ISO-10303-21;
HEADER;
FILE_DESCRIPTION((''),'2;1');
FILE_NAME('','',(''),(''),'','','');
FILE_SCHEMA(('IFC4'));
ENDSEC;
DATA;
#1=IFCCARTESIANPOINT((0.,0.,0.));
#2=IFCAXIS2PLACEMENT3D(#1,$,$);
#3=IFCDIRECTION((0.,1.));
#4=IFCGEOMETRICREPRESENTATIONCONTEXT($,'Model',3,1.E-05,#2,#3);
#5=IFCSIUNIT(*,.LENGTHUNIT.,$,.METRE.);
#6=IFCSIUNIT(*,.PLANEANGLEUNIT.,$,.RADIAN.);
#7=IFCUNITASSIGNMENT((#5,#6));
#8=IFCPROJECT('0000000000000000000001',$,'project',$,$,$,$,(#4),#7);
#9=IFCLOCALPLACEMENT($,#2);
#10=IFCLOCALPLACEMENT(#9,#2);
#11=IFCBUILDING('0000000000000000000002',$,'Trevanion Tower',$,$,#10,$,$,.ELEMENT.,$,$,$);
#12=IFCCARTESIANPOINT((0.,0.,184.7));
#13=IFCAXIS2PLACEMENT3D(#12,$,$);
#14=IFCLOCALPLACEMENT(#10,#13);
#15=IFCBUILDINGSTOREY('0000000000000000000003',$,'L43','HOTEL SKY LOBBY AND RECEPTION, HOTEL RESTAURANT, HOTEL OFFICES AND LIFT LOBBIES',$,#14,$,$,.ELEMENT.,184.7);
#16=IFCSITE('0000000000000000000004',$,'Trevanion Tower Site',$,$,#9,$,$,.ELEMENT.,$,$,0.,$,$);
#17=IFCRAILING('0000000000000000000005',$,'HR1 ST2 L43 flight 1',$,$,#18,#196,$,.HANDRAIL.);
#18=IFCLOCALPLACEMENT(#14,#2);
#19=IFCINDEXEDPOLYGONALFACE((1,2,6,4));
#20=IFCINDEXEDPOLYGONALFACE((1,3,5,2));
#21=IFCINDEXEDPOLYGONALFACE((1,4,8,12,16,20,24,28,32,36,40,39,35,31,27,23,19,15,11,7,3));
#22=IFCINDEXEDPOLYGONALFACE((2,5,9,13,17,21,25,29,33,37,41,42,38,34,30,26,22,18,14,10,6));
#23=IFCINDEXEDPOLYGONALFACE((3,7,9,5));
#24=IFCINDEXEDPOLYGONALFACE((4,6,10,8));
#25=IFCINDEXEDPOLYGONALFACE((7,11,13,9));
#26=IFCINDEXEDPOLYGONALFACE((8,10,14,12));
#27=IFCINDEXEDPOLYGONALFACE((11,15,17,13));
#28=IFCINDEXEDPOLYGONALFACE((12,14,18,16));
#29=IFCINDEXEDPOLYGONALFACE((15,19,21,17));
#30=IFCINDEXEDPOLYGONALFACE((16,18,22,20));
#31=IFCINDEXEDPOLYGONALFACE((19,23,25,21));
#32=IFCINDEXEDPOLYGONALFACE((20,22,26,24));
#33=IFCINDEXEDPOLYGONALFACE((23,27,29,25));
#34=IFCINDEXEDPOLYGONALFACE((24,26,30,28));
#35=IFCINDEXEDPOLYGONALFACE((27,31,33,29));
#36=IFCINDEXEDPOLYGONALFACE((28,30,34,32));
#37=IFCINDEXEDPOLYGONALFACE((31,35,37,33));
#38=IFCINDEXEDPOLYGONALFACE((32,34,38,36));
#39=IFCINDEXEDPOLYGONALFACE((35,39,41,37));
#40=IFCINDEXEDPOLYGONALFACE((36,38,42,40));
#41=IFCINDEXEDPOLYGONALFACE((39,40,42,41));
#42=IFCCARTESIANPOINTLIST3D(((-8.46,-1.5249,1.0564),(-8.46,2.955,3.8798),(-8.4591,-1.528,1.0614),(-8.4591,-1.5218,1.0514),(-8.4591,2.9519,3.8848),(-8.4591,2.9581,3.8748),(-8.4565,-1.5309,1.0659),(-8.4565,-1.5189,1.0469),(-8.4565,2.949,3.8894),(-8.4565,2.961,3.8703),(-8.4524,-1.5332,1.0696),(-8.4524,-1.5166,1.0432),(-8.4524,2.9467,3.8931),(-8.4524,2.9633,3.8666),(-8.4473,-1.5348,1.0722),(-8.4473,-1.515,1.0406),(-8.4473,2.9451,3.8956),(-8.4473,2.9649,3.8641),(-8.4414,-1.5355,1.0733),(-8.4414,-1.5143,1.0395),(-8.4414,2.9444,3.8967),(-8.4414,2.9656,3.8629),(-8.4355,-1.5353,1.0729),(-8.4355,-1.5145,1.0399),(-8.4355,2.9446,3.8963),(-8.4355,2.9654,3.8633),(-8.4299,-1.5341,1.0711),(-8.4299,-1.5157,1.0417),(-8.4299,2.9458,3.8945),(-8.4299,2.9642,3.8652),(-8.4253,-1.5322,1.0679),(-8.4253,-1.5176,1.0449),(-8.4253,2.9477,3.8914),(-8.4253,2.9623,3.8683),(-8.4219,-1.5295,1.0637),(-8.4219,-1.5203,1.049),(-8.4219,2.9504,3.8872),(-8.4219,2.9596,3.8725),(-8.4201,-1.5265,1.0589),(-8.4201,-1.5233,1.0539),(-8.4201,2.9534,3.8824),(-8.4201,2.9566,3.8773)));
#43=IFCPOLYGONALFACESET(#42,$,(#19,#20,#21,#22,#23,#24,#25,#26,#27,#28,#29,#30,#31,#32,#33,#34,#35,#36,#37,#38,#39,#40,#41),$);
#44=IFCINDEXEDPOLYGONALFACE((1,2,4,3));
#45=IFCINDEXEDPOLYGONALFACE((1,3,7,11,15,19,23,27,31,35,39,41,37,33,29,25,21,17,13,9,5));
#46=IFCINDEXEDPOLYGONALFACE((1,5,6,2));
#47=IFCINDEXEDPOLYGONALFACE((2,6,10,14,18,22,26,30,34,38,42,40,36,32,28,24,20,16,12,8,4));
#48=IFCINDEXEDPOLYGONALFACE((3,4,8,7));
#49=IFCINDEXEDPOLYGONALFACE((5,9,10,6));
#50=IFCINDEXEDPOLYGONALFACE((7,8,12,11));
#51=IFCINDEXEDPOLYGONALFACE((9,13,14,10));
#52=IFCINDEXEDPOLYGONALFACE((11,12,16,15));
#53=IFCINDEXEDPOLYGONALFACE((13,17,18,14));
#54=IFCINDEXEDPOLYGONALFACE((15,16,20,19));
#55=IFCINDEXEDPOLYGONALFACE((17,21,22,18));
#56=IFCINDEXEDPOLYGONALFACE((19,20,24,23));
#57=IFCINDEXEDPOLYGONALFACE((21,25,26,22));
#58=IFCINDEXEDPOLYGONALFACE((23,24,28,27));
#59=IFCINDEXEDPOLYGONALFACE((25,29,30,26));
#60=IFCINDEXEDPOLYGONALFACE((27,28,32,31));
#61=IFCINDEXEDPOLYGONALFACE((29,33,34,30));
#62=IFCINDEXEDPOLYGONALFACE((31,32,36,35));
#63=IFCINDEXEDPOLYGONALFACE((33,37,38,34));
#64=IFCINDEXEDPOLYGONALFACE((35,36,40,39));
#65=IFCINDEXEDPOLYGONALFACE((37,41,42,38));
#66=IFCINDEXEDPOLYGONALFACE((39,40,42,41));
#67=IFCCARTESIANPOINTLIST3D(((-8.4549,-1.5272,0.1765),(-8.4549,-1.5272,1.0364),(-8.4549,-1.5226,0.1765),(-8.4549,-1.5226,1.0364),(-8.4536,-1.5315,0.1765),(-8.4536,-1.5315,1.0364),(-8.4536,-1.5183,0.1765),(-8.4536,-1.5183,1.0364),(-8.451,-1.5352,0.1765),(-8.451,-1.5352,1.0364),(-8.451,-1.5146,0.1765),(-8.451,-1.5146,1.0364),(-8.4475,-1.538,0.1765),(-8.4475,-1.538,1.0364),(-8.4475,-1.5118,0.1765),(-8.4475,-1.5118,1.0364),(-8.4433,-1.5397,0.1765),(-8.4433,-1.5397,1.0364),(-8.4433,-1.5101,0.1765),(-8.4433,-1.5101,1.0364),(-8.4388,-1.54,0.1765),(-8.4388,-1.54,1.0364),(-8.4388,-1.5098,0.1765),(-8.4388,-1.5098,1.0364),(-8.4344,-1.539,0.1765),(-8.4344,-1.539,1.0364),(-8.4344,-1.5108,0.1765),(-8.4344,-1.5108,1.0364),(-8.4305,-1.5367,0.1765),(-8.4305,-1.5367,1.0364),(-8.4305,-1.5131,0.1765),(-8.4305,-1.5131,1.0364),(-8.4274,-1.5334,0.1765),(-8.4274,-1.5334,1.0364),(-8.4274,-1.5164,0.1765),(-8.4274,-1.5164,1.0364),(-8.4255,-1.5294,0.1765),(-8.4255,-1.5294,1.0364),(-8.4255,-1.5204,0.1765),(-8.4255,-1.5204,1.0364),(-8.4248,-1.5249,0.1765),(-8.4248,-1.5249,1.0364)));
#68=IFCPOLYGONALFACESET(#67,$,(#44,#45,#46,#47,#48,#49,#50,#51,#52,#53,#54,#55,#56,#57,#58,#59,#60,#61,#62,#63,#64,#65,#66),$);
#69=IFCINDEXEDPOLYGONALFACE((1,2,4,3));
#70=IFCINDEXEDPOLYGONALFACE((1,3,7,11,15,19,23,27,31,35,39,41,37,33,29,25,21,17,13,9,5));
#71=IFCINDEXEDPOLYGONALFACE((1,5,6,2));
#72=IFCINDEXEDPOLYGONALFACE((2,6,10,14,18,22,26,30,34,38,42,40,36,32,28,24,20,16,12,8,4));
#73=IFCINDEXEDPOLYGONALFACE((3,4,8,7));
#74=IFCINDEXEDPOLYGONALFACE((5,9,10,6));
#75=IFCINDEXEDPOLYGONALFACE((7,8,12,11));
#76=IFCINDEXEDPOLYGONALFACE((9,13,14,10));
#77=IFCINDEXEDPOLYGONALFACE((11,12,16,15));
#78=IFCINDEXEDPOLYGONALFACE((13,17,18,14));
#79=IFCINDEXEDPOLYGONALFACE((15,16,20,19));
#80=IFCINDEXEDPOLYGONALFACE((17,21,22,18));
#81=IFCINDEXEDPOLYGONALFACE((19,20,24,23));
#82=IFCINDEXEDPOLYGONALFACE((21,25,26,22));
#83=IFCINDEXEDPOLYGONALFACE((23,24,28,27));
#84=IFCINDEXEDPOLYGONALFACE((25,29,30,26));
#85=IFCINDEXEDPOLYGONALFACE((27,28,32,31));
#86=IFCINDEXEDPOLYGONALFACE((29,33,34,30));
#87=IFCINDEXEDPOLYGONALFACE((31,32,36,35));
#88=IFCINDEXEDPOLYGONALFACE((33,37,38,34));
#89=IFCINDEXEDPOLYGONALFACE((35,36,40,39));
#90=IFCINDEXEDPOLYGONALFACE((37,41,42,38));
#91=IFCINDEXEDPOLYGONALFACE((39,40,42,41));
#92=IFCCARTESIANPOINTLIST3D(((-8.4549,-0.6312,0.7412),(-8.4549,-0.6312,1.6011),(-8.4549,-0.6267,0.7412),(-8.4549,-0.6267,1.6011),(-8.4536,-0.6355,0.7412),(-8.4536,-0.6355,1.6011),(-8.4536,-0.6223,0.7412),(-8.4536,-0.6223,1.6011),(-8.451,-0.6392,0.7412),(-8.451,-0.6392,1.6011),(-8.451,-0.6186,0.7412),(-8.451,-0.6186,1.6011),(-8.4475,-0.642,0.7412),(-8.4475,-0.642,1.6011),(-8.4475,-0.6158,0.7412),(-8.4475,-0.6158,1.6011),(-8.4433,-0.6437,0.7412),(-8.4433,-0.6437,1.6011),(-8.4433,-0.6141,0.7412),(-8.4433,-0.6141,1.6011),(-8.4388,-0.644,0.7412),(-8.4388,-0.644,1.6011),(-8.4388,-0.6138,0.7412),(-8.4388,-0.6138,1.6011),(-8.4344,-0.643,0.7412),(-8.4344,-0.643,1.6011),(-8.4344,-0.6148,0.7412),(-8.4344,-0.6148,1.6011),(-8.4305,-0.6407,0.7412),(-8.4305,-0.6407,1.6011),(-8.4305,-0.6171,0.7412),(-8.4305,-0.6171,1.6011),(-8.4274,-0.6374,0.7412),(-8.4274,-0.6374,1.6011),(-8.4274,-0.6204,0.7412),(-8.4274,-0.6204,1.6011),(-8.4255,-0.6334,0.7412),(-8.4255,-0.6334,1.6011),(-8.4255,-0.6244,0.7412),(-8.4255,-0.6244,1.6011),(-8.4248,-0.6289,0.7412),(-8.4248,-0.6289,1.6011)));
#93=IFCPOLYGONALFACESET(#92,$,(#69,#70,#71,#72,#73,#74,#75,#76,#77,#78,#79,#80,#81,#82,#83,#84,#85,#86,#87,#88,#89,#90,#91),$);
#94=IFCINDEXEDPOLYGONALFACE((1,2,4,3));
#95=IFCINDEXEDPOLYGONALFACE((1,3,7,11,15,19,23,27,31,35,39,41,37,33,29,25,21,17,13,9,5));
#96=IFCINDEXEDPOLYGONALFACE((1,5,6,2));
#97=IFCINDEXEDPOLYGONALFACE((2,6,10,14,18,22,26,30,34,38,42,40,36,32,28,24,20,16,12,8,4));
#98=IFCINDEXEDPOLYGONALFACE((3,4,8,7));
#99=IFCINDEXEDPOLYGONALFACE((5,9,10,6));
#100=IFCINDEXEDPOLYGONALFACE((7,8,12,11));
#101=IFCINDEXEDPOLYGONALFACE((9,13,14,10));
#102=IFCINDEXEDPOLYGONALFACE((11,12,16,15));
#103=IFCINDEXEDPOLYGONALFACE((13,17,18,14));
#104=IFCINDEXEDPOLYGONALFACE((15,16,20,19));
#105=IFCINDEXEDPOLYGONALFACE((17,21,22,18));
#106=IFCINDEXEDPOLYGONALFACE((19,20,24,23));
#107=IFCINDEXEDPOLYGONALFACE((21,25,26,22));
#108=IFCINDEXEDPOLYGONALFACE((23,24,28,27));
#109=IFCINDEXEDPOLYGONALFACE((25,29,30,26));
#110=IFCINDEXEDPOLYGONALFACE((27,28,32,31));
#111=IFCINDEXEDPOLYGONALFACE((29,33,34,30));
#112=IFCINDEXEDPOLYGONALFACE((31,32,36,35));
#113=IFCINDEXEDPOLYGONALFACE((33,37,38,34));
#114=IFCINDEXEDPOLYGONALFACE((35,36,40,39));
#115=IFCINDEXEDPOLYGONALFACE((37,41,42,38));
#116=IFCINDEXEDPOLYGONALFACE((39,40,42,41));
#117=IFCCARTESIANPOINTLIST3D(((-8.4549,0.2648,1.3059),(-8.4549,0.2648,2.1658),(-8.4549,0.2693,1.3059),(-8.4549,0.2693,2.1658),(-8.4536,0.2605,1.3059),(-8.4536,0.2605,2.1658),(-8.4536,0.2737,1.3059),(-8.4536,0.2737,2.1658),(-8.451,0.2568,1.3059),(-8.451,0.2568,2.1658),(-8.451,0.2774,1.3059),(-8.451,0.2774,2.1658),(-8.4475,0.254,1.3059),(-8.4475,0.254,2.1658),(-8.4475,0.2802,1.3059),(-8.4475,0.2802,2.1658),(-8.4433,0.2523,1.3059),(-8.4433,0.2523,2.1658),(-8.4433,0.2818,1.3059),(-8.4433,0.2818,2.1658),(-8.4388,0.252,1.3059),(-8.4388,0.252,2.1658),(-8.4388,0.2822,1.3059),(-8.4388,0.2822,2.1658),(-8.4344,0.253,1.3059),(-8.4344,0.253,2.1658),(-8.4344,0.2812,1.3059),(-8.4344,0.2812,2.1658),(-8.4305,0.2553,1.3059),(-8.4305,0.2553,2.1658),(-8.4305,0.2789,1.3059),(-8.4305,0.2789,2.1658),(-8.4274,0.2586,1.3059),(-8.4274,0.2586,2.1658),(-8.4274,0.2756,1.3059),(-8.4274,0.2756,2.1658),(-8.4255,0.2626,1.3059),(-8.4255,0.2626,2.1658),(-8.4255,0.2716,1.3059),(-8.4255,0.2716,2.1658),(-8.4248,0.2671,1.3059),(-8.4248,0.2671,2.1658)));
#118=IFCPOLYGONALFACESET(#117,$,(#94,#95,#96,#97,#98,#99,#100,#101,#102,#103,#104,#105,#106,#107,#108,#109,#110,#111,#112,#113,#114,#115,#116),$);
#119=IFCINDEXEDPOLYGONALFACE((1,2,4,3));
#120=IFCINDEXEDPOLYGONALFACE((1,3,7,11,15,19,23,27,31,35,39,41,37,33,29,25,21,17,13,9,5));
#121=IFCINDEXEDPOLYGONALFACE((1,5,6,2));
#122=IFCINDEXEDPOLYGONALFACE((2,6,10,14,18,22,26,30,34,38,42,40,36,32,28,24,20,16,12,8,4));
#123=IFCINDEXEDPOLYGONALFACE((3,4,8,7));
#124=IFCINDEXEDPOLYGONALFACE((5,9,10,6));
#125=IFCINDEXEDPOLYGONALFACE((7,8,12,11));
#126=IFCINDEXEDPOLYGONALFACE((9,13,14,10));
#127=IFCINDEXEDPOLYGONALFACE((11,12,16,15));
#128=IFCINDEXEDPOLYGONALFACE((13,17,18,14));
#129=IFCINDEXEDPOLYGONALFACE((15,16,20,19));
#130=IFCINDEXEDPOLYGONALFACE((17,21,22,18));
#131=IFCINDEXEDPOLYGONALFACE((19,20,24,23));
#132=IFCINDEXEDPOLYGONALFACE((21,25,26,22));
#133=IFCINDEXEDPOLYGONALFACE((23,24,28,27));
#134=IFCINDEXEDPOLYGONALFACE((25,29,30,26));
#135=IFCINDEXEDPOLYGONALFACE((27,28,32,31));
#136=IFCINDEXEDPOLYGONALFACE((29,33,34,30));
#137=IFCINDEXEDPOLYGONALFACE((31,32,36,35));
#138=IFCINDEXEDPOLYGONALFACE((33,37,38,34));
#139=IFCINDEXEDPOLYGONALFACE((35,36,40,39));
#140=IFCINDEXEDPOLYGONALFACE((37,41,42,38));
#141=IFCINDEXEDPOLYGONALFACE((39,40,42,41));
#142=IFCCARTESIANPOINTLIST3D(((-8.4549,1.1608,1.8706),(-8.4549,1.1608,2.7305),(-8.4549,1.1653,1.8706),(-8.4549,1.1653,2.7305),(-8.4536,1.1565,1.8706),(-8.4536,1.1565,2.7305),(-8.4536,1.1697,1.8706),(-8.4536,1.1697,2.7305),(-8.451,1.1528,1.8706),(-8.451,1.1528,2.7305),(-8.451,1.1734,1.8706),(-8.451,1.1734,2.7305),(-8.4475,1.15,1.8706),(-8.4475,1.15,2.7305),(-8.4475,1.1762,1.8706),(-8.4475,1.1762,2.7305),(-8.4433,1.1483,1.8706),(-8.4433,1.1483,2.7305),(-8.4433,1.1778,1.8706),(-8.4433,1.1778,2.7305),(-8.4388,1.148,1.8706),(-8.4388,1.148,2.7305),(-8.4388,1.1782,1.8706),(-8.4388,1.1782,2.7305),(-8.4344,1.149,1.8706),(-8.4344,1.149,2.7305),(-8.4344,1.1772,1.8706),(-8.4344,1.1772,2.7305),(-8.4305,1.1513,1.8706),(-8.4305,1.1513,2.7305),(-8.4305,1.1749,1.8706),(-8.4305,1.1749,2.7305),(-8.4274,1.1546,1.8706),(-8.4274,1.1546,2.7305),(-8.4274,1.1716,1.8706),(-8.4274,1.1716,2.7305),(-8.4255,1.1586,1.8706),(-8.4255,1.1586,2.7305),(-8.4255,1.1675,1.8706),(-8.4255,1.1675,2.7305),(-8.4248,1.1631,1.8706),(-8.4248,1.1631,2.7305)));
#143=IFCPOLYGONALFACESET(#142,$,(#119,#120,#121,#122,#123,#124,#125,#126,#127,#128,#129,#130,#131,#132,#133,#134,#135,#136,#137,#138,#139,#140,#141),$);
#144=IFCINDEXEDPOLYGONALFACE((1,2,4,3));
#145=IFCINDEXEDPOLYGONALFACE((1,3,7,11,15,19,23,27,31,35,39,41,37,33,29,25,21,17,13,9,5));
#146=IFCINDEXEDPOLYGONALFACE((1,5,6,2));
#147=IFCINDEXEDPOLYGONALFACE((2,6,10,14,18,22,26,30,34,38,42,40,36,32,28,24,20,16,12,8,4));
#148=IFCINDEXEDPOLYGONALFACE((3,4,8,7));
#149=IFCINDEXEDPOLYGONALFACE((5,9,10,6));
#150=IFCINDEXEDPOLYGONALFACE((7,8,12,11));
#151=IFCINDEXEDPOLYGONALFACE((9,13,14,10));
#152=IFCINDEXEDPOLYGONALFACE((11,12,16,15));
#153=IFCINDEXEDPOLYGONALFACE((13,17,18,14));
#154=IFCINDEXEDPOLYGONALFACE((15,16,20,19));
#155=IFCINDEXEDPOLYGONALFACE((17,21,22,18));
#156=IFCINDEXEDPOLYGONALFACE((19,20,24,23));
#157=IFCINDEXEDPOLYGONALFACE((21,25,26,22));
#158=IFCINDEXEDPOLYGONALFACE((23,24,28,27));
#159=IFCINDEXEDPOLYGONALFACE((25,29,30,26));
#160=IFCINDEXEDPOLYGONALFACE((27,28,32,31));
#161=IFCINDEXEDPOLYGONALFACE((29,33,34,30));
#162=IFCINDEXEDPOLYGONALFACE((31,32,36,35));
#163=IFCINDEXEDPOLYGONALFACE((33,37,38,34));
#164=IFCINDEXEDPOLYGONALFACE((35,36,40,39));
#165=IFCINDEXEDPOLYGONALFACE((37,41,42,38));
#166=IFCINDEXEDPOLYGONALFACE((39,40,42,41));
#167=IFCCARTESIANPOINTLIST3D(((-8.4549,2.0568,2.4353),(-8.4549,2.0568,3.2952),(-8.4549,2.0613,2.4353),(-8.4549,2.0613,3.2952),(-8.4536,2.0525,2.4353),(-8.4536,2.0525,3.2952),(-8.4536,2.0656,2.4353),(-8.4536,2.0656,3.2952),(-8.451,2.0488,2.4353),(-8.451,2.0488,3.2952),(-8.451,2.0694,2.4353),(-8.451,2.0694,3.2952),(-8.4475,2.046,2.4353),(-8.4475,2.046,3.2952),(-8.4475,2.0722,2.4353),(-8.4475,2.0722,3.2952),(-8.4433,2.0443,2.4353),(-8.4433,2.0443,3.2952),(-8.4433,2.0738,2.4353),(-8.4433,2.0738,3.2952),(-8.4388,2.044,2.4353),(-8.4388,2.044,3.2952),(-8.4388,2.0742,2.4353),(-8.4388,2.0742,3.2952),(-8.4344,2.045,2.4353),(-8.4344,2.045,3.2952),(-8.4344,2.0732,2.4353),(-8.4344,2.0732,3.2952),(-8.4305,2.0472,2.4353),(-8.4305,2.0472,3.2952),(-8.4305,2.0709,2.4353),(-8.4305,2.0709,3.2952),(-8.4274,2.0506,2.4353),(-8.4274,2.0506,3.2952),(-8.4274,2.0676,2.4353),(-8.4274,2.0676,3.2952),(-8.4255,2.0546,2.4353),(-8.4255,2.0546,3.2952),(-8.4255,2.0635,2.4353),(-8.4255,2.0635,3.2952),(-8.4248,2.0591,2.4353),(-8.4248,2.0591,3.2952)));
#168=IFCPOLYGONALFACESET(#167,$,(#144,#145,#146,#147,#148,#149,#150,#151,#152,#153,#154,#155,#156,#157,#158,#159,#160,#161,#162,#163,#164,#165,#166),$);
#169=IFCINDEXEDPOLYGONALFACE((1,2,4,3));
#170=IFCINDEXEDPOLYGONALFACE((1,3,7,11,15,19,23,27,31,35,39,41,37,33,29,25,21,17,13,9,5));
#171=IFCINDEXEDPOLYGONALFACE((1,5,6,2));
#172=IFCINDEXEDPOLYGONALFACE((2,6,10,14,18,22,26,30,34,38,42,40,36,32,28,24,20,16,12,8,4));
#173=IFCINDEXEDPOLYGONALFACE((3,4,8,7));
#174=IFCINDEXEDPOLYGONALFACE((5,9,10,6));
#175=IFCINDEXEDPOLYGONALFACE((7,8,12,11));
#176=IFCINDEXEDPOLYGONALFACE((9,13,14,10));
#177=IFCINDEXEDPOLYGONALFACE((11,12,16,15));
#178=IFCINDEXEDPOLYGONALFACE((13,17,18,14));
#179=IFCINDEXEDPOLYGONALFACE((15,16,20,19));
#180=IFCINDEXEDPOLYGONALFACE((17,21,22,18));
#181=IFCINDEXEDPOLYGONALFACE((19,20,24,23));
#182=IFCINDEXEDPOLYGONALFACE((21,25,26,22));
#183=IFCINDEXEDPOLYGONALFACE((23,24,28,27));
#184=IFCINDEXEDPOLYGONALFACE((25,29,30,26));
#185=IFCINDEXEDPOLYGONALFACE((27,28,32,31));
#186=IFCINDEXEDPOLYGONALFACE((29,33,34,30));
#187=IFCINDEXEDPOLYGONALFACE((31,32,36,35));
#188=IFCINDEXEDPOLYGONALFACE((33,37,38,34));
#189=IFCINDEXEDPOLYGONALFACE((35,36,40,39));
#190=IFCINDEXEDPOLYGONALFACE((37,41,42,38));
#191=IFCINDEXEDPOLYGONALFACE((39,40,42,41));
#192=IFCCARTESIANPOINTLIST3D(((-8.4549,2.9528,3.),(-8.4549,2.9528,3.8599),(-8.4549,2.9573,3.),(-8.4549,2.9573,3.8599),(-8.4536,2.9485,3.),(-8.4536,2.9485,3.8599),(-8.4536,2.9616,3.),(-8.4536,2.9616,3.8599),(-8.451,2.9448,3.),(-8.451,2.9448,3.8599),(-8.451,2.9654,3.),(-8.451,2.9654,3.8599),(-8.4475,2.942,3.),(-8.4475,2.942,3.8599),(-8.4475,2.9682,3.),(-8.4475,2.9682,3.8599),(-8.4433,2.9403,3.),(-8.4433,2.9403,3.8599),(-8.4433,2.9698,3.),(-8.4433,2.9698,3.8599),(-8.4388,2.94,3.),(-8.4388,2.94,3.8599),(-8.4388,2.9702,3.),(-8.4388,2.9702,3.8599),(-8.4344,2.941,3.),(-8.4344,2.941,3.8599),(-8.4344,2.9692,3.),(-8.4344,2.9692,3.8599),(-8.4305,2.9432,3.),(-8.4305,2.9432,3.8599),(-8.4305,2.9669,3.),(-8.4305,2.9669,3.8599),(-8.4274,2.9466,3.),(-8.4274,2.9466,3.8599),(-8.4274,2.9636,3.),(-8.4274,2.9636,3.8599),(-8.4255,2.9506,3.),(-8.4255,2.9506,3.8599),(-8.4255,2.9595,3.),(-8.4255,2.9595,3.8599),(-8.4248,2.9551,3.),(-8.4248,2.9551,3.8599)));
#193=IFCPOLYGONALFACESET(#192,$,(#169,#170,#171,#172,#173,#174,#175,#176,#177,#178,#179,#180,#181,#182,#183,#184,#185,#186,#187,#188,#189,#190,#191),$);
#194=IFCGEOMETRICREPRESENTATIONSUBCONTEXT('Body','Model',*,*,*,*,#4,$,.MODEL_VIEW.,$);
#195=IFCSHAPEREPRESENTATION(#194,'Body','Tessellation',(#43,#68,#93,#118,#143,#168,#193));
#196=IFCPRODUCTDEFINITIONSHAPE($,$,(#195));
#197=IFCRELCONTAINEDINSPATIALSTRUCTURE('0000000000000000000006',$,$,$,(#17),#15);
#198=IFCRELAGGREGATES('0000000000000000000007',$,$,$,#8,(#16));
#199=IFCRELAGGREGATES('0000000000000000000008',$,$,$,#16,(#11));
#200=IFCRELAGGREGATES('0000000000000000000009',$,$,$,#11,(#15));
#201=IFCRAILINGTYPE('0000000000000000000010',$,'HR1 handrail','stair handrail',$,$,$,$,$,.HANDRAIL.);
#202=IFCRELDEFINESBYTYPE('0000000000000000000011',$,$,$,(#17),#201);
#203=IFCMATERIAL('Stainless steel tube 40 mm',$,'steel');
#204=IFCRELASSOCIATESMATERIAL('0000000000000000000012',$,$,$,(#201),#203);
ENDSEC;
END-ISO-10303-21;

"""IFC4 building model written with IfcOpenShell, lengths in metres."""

from ifc_helpers import new_model, si_unit, direction, frame, origin, origin_2d, place, context, subcontext, project, spatial, circle, extrude, material, type_object, element, save


model = new_model("IFC4")

# Units and contexts
model_context = context("Model", 3, precision=1e-05, world=origin(), true_north=direction((0.0, 1.0)))
body_context = subcontext(model_context, "Body", "Model", "MODEL_VIEW")
ifc_project = project(units=[si_unit("LENGTHUNIT", "METRE"), si_unit("PLANEANGLEUNIT", "RADIAN")], contexts=[model_context])

# Site, building, storey
site_placement = place(None, origin())
site = spatial("IfcSite", under=ifc_project, at=site_placement, Name="Trevanion Tower Site", CompositionType="ELEMENT", RefElevation=0.0)
building_placement = place(site_placement, origin())
building = spatial("IfcBuilding", under=site, at=building_placement, Name="Trevanion Tower", CompositionType="ELEMENT")
storey_placement = place(building_placement, frame((0.0, 0.0, 184.7)))
storey = spatial("IfcBuildingStorey", under=building, at=storey_placement, Name="L43", Description="HOTEL SKY LOBBY AND RECEPTION, HOTEL RESTAURANT, HOTEL OFFICES AND LIFT LOBBIES", CompositionType="ELEMENT", Elevation=184.7)

# Railing
ifc_material_1 = material(Name="Stainless steel tube 40 mm", Category="steel")
railing_type = type_object("IfcRailingType", Name="HR1 handrail", Description="stair handrail", PredefinedType="HANDRAIL", material=ifc_material_1)
for number, where, name in (
    (1, (-8.4399, -1.5249, 0.1765), "HR1 ST2 L43 flight 1"),
):
    element("IfcRailing", number, at=place(storey_placement, frame(where)), inside=storey, type_object=railing_type, Name=name, PredefinedType="HANDRAIL", context=body_context, shape_type="SweptSolid", body=[
        extrude(circle(Radius=0.02, at=origin_2d()), frame((0.0, 0.0, 0.8799), z_axis=(0.0, 0.845998, 0.533186), x_axis=(-1.0, 0.0, 0.0)), (0.0, 0.0, 1.0), 5.2954),
        extrude(circle(Radius=0.0151, at=origin_2d()), origin(), (0.0, 0.0, 1.0), 0.8599),
        extrude(circle(Radius=0.0151, at=origin_2d()), frame((0.0, 0.896, 0.5647)), (0.0, 0.0, 1.0), 0.8599),
        extrude(circle(Radius=0.0151, at=origin_2d()), frame((0.0, 1.792, 1.1294)), (0.0, 0.0, 1.0), 0.8599),
        extrude(circle(Radius=0.0151, at=origin_2d()), frame((0.0, 2.688, 1.6941)), (0.0, 0.0, 1.0), 0.8599),
        extrude(circle(Radius=0.0151, at=origin_2d()), frame((0.0, 3.584, 2.2588)), (0.0, 0.0, 1.0), 0.8599),
        extrude(circle(Radius=0.0151, at=origin_2d()), frame((0.0, 4.48, 2.8235)), (0.0, 0.0, 1.0), 0.8599),
    ])

save(model, "model.ifc")
